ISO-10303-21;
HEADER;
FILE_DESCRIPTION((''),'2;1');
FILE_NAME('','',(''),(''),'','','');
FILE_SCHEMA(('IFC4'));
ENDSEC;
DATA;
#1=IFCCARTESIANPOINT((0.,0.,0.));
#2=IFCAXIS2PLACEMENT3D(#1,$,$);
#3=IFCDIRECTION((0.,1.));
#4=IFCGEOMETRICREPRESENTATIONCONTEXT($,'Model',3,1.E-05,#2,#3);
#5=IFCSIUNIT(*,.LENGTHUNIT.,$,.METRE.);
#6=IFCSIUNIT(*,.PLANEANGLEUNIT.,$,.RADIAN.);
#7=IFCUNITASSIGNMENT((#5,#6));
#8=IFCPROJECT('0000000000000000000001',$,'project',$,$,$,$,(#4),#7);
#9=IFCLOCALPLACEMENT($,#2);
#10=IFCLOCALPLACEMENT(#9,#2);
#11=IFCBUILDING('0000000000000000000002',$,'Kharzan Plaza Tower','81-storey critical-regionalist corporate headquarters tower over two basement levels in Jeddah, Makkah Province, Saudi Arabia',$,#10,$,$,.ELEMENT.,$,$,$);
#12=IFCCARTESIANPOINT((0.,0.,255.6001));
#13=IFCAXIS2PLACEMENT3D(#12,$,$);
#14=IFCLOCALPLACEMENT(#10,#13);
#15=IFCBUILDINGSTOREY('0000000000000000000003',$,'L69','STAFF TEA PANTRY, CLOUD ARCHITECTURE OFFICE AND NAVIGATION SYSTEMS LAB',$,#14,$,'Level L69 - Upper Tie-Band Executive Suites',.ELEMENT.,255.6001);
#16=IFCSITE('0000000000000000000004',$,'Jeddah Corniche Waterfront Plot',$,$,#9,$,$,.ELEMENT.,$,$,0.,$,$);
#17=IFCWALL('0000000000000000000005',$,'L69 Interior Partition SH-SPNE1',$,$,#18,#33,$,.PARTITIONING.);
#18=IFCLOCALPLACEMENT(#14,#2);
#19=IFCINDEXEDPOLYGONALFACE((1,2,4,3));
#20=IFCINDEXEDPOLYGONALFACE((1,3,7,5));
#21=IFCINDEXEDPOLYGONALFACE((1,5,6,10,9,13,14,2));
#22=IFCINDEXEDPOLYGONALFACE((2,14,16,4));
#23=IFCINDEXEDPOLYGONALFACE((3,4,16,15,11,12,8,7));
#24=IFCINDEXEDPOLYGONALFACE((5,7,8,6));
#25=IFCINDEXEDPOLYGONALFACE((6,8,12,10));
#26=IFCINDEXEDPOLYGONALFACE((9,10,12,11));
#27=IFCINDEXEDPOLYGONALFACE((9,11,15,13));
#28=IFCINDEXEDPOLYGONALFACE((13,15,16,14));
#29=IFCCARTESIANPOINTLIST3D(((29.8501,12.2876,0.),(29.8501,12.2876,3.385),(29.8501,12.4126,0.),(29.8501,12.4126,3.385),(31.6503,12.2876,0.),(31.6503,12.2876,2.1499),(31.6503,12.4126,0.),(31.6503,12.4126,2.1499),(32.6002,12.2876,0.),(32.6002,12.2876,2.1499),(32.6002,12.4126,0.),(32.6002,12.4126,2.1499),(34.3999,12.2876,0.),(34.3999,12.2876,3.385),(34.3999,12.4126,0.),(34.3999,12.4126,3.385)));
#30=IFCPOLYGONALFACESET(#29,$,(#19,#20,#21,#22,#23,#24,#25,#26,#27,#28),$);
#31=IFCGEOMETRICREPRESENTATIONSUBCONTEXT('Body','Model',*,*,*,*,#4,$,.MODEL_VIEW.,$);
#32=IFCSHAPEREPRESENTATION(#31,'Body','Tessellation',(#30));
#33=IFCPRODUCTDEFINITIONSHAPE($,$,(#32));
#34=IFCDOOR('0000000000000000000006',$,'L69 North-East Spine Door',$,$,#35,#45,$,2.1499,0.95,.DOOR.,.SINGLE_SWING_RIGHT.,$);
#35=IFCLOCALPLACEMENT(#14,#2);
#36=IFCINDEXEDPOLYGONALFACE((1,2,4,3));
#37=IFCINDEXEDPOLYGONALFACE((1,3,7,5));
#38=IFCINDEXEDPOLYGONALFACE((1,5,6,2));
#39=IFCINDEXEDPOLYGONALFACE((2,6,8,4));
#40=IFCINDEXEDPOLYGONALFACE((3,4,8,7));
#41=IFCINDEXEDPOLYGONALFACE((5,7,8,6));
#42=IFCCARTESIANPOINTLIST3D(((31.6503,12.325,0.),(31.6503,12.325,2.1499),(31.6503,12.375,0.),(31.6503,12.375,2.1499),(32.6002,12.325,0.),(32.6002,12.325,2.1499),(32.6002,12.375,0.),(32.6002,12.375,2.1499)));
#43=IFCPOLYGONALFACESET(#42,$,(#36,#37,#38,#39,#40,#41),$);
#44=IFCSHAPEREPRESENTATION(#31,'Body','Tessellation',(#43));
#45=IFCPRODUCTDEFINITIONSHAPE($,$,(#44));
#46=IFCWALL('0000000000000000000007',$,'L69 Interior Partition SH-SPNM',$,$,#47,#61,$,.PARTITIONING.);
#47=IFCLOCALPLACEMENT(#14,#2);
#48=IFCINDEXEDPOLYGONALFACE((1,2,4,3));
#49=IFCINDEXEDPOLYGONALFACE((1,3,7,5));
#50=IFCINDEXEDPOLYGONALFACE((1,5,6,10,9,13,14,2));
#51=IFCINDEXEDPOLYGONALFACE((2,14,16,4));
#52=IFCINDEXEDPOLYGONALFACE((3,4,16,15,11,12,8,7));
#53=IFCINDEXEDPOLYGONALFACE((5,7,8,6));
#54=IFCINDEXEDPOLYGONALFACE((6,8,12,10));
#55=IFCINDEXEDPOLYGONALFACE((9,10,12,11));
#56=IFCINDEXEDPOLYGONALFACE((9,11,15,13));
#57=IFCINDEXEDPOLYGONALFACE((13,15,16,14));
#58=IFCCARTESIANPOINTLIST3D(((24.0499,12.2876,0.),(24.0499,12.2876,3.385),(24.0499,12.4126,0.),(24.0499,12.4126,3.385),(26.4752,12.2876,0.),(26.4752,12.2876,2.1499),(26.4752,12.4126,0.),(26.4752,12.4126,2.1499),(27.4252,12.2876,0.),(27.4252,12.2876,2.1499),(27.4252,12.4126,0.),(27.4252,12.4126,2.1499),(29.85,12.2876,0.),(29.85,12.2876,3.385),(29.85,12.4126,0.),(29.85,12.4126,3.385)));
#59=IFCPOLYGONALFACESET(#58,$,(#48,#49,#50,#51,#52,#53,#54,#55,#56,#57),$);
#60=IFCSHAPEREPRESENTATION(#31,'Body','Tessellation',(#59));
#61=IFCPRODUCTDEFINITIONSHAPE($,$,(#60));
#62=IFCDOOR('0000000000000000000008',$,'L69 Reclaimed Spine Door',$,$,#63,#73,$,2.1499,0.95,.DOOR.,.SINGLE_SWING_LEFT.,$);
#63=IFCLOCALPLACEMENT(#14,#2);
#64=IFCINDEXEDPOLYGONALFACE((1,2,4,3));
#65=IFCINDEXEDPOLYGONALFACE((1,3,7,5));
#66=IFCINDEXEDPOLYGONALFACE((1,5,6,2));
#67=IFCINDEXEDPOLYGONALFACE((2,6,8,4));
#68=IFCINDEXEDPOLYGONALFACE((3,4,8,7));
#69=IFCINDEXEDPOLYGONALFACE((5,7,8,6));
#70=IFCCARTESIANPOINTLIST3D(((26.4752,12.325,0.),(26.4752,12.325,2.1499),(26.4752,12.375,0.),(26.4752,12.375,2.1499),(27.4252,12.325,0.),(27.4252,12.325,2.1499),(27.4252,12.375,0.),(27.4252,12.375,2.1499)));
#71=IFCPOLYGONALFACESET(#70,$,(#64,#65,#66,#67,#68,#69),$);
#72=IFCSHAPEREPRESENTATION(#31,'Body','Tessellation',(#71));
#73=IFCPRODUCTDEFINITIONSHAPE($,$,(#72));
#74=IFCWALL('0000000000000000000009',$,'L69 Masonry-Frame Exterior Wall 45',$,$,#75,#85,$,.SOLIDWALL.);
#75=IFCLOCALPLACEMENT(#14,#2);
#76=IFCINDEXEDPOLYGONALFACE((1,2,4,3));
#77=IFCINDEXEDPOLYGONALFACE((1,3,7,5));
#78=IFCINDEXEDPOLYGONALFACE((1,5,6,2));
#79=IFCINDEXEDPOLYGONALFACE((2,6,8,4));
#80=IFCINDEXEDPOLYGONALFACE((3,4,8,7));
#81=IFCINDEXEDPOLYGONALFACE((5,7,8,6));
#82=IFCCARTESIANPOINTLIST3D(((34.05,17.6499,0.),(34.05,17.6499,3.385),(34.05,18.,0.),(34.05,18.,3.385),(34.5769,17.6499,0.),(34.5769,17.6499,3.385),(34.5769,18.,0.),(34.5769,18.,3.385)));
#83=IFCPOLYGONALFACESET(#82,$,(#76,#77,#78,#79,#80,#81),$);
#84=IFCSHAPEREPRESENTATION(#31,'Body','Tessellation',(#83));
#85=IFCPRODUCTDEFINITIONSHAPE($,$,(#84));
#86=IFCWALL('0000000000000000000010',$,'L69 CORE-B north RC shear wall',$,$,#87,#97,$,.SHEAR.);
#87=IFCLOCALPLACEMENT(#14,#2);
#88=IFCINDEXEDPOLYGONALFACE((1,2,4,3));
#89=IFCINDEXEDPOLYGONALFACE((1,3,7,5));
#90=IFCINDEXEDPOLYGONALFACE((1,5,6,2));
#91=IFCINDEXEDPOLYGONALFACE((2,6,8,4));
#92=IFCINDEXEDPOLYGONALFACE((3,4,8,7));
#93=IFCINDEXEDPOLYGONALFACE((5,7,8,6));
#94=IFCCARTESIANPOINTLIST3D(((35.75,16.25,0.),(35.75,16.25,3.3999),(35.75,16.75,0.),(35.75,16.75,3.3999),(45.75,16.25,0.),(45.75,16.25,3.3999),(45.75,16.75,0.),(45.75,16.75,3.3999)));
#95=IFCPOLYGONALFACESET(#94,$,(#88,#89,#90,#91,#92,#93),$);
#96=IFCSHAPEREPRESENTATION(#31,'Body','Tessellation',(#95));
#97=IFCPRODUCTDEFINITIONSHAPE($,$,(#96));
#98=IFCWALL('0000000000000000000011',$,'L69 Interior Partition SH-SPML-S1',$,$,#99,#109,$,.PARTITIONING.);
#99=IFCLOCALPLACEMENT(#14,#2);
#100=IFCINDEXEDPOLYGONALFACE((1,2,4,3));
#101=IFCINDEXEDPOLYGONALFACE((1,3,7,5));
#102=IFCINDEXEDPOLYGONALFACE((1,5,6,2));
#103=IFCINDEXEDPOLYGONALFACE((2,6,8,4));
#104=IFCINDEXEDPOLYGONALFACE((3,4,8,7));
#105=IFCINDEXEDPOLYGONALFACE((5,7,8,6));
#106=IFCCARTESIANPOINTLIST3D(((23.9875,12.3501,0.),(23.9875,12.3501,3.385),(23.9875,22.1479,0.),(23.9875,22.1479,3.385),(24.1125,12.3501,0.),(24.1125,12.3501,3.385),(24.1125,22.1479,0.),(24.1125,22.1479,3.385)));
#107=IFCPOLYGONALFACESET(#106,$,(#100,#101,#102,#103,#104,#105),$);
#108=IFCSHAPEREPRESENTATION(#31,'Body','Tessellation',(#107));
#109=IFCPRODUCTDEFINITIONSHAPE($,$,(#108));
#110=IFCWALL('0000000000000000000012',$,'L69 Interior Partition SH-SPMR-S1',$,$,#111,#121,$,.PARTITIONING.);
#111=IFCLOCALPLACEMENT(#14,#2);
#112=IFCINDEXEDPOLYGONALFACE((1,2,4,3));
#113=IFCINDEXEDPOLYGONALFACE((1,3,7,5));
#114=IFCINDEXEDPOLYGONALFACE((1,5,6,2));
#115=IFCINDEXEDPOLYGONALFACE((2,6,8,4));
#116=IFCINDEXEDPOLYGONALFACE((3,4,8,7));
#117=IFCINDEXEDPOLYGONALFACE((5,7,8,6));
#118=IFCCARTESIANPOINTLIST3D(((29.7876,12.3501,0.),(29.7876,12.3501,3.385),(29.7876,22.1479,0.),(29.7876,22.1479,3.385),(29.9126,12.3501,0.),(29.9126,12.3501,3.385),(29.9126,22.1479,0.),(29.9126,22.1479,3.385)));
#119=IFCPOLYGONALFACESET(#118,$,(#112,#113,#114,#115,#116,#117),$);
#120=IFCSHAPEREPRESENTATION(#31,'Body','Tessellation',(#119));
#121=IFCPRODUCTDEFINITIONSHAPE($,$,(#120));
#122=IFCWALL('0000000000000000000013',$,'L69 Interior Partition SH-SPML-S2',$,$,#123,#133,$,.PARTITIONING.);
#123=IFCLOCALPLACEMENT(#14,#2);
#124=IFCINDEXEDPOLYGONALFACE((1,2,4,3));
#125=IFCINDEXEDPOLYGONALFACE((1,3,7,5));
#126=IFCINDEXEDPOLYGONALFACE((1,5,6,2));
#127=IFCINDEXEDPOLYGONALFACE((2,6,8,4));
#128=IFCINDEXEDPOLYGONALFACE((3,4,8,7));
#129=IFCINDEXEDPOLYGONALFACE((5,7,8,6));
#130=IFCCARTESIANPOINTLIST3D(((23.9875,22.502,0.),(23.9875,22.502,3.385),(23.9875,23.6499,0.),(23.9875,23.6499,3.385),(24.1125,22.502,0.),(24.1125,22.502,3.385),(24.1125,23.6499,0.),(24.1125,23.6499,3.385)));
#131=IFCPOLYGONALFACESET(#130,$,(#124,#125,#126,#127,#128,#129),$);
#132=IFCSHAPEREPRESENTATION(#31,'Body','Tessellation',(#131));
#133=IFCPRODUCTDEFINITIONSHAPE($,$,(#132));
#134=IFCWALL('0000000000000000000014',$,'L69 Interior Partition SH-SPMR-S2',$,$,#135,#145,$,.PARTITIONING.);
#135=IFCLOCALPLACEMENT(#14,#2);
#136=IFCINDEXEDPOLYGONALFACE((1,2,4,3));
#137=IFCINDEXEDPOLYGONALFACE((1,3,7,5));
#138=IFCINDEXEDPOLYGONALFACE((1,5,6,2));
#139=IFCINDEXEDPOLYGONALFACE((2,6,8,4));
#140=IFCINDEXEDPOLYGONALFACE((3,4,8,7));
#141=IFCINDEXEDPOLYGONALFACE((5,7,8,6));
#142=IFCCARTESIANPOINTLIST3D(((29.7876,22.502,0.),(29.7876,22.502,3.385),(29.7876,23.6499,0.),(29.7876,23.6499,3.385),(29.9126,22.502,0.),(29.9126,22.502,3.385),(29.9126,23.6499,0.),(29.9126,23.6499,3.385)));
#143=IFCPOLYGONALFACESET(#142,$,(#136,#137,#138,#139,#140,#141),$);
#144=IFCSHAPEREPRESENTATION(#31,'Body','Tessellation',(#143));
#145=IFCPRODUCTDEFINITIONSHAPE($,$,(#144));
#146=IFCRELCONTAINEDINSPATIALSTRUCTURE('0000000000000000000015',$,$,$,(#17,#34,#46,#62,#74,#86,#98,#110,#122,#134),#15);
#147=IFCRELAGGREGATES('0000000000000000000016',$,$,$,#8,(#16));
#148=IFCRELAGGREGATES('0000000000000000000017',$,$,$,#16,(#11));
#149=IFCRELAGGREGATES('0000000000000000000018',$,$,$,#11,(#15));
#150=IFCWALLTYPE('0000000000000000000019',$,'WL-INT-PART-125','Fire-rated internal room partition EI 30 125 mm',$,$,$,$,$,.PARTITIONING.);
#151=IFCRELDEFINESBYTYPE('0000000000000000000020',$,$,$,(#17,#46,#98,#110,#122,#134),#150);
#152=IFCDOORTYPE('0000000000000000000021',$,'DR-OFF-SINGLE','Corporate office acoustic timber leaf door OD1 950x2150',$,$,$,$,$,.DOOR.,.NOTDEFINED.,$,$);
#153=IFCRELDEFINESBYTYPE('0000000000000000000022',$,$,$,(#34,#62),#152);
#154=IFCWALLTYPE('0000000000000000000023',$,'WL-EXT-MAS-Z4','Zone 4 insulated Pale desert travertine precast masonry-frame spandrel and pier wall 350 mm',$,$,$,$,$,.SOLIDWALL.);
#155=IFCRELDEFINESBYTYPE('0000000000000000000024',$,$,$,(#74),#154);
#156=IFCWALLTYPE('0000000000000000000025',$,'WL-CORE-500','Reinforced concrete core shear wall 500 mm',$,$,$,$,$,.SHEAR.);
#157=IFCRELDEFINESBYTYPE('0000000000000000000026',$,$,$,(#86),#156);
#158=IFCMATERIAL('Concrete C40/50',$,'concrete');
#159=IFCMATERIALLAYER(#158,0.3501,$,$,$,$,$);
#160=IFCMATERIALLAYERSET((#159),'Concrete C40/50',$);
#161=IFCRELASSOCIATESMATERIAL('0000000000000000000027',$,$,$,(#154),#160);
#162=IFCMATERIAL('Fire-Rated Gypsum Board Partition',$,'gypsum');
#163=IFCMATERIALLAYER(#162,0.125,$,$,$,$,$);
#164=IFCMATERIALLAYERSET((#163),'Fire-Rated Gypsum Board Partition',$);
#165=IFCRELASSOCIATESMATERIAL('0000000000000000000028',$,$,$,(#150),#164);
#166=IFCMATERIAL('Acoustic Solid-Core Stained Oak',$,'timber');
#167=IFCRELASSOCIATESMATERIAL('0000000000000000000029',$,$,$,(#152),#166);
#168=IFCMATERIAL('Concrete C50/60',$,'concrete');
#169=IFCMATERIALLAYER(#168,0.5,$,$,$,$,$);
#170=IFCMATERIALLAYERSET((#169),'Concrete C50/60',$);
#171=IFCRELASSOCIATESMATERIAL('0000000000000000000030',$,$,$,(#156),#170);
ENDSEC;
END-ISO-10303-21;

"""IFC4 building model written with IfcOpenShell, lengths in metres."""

from ifc_helpers import new_model, si_unit, direction, frame, frame_2d, origin, place, context, subcontext, project, spatial, rectangle, extrude, source, transform, mapped, material, layer, layer_set, type_object, element, fill, save


model = new_model("IFC4")

# Units and contexts
model_context = context("Model", 3, precision=1e-05, world=origin(), true_north=direction((0.0, 1.0)))
body_context = subcontext(model_context, "Body", "Model", "MODEL_VIEW")
ifc_project = project(units=[si_unit("LENGTHUNIT", "METRE"), si_unit("PLANEANGLEUNIT", "RADIAN")], contexts=[model_context])

# Site, building, storey
site_placement = place(None, origin())
site = spatial("IfcSite", under=ifc_project, at=site_placement, Name="Jeddah Corniche Waterfront Plot", CompositionType="ELEMENT", RefElevation=0.0)
building_placement = place(site_placement, origin())
building = spatial("IfcBuilding", under=site, at=building_placement, Name="Kharzan Plaza Tower", Description="81-storey critical-regionalist corporate headquarters tower over two basement levels in Jeddah, Makkah Province, Saudi Arabia", CompositionType="ELEMENT")
storey_placement = place(building_placement, frame((0.0, 0.0, 255.6001)))
storey = spatial("IfcBuildingStorey", under=building, at=storey_placement, Name="L69", Description="STAFF TEA PANTRY, CLOUD ARCHITECTURE OFFICE AND NAVIGATION SYSTEMS LAB", LongName="Level L69 - Upper Tie-Band Executive Suites", CompositionType="ELEMENT", Elevation=255.6001)

# Shared definitions
ifc_material_1 = material(Name="Concrete C50/60", Category="concrete")

# Shared definitions
ifc_material_2 = material(Name="Concrete C40/50", Category="concrete")
ifc_layer_1 = layer(ifc_material_2, 0.3501)
ifc_layer_set_1 = layer_set([ifc_layer_1], Name="Concrete C40/50")
wall_type_1 = type_object("IfcWallType", Name="WL-EXT-MAS-Z4", Description="Zone 4 insulated Pale desert travertine precast masonry-frame spandrel and pier wall 350 mm", PredefinedType="SOLIDWALL", material=ifc_layer_set_1)

# Walls, openings, doors
ifc_material_3 = material(Name="Fire-Rated Gypsum Board Partition", Category="gypsum")
ifc_layer_2 = layer(ifc_material_3, 0.125)
ifc_layer_set_2 = layer_set([ifc_layer_2], Name="Fire-Rated Gypsum Board Partition")
wall_type_2 = type_object("IfcWallType", Name="WL-INT-PART-125", Description="Fire-rated internal room partition EI 30 125 mm", PredefinedType="PARTITIONING", material=ifc_layer_set_2)
wall_1_placement = place(storey_placement, frame((29.8501, 12.3501, 0.0), z_axis=(0.0, 0.0, 1.0), x_axis=(1.0, 0.0, 0.0)))
wall_1 = element("IfcWall", 1, at=wall_1_placement, inside=storey, type_object=wall_type_2, Name="L69 Interior Partition SH-SPNE1", PredefinedType="PARTITIONING", context=body_context, shape_type="SweptSolid", body=[
    extrude(rectangle(XDim=4.5498, YDim=0.125, at=frame_2d((2.2749, 0.0))), origin(), (0.0, 0.0, 1.0), 3.385),
])
opening_1_placement = place(wall_1_placement, frame((1.8, 0.0, 0.0)))
opening_1 = element("IfcOpeningElement", 2, at=opening_1_placement, cuts=wall_1, PredefinedType="OPENING", context=body_context, shape_type="SweptSolid", body=[
    extrude(rectangle(XDim=0.95, YDim=2.1499, at=frame_2d((0.4751, 1.075))), frame((0.0, 0.0725, 0.0), z_axis=(0.0, -1.0, 0.0), x_axis=(1.0, 0.0, 0.0)), (0.0, 0.0, 1.0), 0.145),
])
ifc_material_4 = material(Name="Acoustic Solid-Core Stained Oak", Category="timber")
door_type = type_object("IfcDoorType", Name="DR-OFF-SINGLE", Description="Corporate office acoustic timber leaf door OD1 950x2150", OperationType="NOTDEFINED", PredefinedType="DOOR", material=ifc_material_4)
shared_shape_1 = source(origin(), body_context, "Body", "SweptSolid", [
    extrude(rectangle(XDim=0.95, YDim=2.1499, at=frame_2d((0.4751, 1.075))), frame((0.0, 0.0249, 0.0), z_axis=(0.0, -1.0, 0.0), x_axis=(1.0, 0.0, 0.0)), (0.0, 0.0, 1.0), 0.05),
])
door_1_placement = place(opening_1_placement, origin())
door_1 = element("IfcDoor", 3, at=door_1_placement, inside=storey, type_object=door_type, Name="L69 North-East Spine Door", OperationType="SINGLE_SWING_RIGHT", OverallHeight=2.1499, OverallWidth=0.95, PredefinedType="DOOR", context=body_context, shape_type="MappedRepresentation", body=[
    mapped(shared_shape_1, transform((0.0, 0.0, 0.0), x_axis=(1.0, 0.0, 0.0), y_axis=(0.0, 1.0, 0.0), z_axis=(0.0, 0.0, 1.0))),
])
fill(opening_1, door_1)
wall_2_placement = place(storey_placement, frame((24.05, 12.3501, 0.0), z_axis=(0.0, 0.0, 1.0), x_axis=(1.0, 0.0, 0.0)))
wall_2 = element("IfcWall", 4, at=wall_2_placement, inside=storey, type_object=wall_type_2, Name="L69 Interior Partition SH-SPNM", PredefinedType="PARTITIONING", context=body_context, shape_type="SweptSolid", body=[
    extrude(rectangle(XDim=5.8, YDim=0.125, at=frame_2d((2.8999, 0.0))), origin(), (0.0, 0.0, 1.0), 3.385),
])
opening_2_placement = place(wall_2_placement, frame((2.425, 0.0, 0.0)))
opening_2 = element("IfcOpeningElement", 5, at=opening_2_placement, cuts=wall_2, PredefinedType="OPENING", context=body_context, shape_type="SweptSolid", body=[
    extrude(rectangle(XDim=0.95, YDim=2.1499, at=frame_2d((0.4751, 1.075))), frame((0.0, 0.0725, 0.0), z_axis=(0.0, -1.0, 0.0), x_axis=(1.0, 0.0, 0.0)), (0.0, 0.0, 1.0), 0.145),
])
door_2_placement = place(opening_2_placement, origin())
door_2 = element("IfcDoor", 6, at=door_2_placement, inside=storey, type_object=door_type, Name="L69 Reclaimed Spine Door", OperationType="SINGLE_SWING_LEFT", OverallHeight=2.1499, OverallWidth=0.95, PredefinedType="DOOR", context=body_context, shape_type="MappedRepresentation", body=[
    mapped(shared_shape_1, transform((0.0, 0.0, 0.0), x_axis=(1.0, 0.0, 0.0), y_axis=(0.0, 1.0, 0.0), z_axis=(0.0, 0.0, 1.0))),
])
fill(opening_2, door_2)

# Walls
shared_shape_2 = source(origin(), body_context, "Body", "SweptSolid", [
    extrude(rectangle(XDim=0.5269, YDim=0.3501, at=frame_2d((0.2634, 0.0))), origin(), (0.0, 0.0, 1.0), 3.385),
])
wall_3_placement = place(storey_placement, frame((34.5769, 17.825, 0.0), z_axis=(0.0, 0.0, 1.0), x_axis=(-1.0, 0.0, 0.0)))
element("IfcWall", 7, at=wall_3_placement, inside=storey, type_object=wall_type_1, Name="L69 Masonry-Frame Exterior Wall 45", PredefinedType="SOLIDWALL", context=body_context, shape_type="MappedRepresentation", body=[
    mapped(shared_shape_2, transform((0.0, 0.0, 0.0), x_axis=(1.0, 0.0, 0.0), y_axis=(0.0, 1.0, 0.0), z_axis=(0.0, 0.0, 1.0))),
])
ifc_layer_3 = layer(ifc_material_1, 0.5)
ifc_layer_set_3 = layer_set([ifc_layer_3], Name="Concrete C50/60")
wall_type_3 = type_object("IfcWallType", Name="WL-CORE-500", Description="Reinforced concrete core shear wall 500 mm", PredefinedType="SHEAR", material=ifc_layer_set_3)
shared_shape_3 = source(origin(), body_context, "Body", "SweptSolid", [
    extrude(rectangle(XDim=10.0, YDim=0.5, at=frame_2d((5.0, 0.0))), origin(), (0.0, 0.0, 1.0), 3.3999),
])
wall_4_placement = place(storey_placement, frame((35.75, 16.5, 0.0), z_axis=(0.0, 0.0, 1.0), x_axis=(1.0, 0.0, 0.0)))
element("IfcWall", 8, at=wall_4_placement, inside=storey, type_object=wall_type_3, Name="L69 CORE-B north RC shear wall", PredefinedType="SHEAR", context=body_context, shape_type="MappedRepresentation", body=[
    mapped(shared_shape_3, transform((0.0, 0.0, 0.0), x_axis=(1.0, 0.0, 0.0), y_axis=(0.0, 1.0, 0.0), z_axis=(0.0, 0.0, 1.0))),
])
shared_shape_4 = source(origin(), body_context, "Body", "SweptSolid", [
    extrude(rectangle(XDim=9.7979, YDim=0.125, at=frame_2d((4.8989, 0.0))), origin(), (0.0, 0.0, 1.0), 3.385),
])
for number, where, z_axis, x_axis, name in (
    (9, (24.05, 12.3501, 0.0), (0.0, 0.0, 1.0), (0.0, 1.0, 0.0), "L69 Interior Partition SH-SPML-S1"),
    (10, (29.8501, 12.3501, 0.0), (0.0, 0.0, 1.0), (0.0, 1.0, 0.0), "L69 Interior Partition SH-SPMR-S1"),
):
    element("IfcWall", number, at=place(storey_placement, frame(where, z_axis=z_axis, x_axis=x_axis)), inside=storey, type_object=wall_type_2, Name=name, PredefinedType="PARTITIONING", context=body_context, shape_type="MappedRepresentation", body=[
        mapped(shared_shape_4, transform((0.0, 0.0, 0.0), x_axis=(1.0, 0.0, 0.0), y_axis=(0.0, 1.0, 0.0), z_axis=(0.0, 0.0, 1.0))),
    ])
shared_shape_5 = source(origin(), body_context, "Body", "SweptSolid", [
    extrude(rectangle(XDim=1.1479, YDim=0.125, at=frame_2d((0.574, 0.0))), origin(), (0.0, 0.0, 1.0), 3.385),
])
for number, where, z_axis, x_axis, name in (
    (11, (24.05, 22.502, 0.0), (0.0, 0.0, 1.0), (0.0, 1.0, 0.0), "L69 Interior Partition SH-SPML-S2"),
    (12, (29.8501, 22.502, 0.0), (0.0, 0.0, 1.0), (0.0, 1.0, 0.0), "L69 Interior Partition SH-SPMR-S2"),
):
    element("IfcWall", number, at=place(storey_placement, frame(where, z_axis=z_axis, x_axis=x_axis)), inside=storey, type_object=wall_type_2, Name=name, PredefinedType="PARTITIONING", context=body_context, shape_type="MappedRepresentation", body=[
        mapped(shared_shape_5, transform((0.0, 0.0, 0.0), x_axis=(1.0, 0.0, 0.0), y_axis=(0.0, 1.0, 0.0), z_axis=(0.0, 0.0, 1.0))),
    ])

save(model, "model.ifc")
